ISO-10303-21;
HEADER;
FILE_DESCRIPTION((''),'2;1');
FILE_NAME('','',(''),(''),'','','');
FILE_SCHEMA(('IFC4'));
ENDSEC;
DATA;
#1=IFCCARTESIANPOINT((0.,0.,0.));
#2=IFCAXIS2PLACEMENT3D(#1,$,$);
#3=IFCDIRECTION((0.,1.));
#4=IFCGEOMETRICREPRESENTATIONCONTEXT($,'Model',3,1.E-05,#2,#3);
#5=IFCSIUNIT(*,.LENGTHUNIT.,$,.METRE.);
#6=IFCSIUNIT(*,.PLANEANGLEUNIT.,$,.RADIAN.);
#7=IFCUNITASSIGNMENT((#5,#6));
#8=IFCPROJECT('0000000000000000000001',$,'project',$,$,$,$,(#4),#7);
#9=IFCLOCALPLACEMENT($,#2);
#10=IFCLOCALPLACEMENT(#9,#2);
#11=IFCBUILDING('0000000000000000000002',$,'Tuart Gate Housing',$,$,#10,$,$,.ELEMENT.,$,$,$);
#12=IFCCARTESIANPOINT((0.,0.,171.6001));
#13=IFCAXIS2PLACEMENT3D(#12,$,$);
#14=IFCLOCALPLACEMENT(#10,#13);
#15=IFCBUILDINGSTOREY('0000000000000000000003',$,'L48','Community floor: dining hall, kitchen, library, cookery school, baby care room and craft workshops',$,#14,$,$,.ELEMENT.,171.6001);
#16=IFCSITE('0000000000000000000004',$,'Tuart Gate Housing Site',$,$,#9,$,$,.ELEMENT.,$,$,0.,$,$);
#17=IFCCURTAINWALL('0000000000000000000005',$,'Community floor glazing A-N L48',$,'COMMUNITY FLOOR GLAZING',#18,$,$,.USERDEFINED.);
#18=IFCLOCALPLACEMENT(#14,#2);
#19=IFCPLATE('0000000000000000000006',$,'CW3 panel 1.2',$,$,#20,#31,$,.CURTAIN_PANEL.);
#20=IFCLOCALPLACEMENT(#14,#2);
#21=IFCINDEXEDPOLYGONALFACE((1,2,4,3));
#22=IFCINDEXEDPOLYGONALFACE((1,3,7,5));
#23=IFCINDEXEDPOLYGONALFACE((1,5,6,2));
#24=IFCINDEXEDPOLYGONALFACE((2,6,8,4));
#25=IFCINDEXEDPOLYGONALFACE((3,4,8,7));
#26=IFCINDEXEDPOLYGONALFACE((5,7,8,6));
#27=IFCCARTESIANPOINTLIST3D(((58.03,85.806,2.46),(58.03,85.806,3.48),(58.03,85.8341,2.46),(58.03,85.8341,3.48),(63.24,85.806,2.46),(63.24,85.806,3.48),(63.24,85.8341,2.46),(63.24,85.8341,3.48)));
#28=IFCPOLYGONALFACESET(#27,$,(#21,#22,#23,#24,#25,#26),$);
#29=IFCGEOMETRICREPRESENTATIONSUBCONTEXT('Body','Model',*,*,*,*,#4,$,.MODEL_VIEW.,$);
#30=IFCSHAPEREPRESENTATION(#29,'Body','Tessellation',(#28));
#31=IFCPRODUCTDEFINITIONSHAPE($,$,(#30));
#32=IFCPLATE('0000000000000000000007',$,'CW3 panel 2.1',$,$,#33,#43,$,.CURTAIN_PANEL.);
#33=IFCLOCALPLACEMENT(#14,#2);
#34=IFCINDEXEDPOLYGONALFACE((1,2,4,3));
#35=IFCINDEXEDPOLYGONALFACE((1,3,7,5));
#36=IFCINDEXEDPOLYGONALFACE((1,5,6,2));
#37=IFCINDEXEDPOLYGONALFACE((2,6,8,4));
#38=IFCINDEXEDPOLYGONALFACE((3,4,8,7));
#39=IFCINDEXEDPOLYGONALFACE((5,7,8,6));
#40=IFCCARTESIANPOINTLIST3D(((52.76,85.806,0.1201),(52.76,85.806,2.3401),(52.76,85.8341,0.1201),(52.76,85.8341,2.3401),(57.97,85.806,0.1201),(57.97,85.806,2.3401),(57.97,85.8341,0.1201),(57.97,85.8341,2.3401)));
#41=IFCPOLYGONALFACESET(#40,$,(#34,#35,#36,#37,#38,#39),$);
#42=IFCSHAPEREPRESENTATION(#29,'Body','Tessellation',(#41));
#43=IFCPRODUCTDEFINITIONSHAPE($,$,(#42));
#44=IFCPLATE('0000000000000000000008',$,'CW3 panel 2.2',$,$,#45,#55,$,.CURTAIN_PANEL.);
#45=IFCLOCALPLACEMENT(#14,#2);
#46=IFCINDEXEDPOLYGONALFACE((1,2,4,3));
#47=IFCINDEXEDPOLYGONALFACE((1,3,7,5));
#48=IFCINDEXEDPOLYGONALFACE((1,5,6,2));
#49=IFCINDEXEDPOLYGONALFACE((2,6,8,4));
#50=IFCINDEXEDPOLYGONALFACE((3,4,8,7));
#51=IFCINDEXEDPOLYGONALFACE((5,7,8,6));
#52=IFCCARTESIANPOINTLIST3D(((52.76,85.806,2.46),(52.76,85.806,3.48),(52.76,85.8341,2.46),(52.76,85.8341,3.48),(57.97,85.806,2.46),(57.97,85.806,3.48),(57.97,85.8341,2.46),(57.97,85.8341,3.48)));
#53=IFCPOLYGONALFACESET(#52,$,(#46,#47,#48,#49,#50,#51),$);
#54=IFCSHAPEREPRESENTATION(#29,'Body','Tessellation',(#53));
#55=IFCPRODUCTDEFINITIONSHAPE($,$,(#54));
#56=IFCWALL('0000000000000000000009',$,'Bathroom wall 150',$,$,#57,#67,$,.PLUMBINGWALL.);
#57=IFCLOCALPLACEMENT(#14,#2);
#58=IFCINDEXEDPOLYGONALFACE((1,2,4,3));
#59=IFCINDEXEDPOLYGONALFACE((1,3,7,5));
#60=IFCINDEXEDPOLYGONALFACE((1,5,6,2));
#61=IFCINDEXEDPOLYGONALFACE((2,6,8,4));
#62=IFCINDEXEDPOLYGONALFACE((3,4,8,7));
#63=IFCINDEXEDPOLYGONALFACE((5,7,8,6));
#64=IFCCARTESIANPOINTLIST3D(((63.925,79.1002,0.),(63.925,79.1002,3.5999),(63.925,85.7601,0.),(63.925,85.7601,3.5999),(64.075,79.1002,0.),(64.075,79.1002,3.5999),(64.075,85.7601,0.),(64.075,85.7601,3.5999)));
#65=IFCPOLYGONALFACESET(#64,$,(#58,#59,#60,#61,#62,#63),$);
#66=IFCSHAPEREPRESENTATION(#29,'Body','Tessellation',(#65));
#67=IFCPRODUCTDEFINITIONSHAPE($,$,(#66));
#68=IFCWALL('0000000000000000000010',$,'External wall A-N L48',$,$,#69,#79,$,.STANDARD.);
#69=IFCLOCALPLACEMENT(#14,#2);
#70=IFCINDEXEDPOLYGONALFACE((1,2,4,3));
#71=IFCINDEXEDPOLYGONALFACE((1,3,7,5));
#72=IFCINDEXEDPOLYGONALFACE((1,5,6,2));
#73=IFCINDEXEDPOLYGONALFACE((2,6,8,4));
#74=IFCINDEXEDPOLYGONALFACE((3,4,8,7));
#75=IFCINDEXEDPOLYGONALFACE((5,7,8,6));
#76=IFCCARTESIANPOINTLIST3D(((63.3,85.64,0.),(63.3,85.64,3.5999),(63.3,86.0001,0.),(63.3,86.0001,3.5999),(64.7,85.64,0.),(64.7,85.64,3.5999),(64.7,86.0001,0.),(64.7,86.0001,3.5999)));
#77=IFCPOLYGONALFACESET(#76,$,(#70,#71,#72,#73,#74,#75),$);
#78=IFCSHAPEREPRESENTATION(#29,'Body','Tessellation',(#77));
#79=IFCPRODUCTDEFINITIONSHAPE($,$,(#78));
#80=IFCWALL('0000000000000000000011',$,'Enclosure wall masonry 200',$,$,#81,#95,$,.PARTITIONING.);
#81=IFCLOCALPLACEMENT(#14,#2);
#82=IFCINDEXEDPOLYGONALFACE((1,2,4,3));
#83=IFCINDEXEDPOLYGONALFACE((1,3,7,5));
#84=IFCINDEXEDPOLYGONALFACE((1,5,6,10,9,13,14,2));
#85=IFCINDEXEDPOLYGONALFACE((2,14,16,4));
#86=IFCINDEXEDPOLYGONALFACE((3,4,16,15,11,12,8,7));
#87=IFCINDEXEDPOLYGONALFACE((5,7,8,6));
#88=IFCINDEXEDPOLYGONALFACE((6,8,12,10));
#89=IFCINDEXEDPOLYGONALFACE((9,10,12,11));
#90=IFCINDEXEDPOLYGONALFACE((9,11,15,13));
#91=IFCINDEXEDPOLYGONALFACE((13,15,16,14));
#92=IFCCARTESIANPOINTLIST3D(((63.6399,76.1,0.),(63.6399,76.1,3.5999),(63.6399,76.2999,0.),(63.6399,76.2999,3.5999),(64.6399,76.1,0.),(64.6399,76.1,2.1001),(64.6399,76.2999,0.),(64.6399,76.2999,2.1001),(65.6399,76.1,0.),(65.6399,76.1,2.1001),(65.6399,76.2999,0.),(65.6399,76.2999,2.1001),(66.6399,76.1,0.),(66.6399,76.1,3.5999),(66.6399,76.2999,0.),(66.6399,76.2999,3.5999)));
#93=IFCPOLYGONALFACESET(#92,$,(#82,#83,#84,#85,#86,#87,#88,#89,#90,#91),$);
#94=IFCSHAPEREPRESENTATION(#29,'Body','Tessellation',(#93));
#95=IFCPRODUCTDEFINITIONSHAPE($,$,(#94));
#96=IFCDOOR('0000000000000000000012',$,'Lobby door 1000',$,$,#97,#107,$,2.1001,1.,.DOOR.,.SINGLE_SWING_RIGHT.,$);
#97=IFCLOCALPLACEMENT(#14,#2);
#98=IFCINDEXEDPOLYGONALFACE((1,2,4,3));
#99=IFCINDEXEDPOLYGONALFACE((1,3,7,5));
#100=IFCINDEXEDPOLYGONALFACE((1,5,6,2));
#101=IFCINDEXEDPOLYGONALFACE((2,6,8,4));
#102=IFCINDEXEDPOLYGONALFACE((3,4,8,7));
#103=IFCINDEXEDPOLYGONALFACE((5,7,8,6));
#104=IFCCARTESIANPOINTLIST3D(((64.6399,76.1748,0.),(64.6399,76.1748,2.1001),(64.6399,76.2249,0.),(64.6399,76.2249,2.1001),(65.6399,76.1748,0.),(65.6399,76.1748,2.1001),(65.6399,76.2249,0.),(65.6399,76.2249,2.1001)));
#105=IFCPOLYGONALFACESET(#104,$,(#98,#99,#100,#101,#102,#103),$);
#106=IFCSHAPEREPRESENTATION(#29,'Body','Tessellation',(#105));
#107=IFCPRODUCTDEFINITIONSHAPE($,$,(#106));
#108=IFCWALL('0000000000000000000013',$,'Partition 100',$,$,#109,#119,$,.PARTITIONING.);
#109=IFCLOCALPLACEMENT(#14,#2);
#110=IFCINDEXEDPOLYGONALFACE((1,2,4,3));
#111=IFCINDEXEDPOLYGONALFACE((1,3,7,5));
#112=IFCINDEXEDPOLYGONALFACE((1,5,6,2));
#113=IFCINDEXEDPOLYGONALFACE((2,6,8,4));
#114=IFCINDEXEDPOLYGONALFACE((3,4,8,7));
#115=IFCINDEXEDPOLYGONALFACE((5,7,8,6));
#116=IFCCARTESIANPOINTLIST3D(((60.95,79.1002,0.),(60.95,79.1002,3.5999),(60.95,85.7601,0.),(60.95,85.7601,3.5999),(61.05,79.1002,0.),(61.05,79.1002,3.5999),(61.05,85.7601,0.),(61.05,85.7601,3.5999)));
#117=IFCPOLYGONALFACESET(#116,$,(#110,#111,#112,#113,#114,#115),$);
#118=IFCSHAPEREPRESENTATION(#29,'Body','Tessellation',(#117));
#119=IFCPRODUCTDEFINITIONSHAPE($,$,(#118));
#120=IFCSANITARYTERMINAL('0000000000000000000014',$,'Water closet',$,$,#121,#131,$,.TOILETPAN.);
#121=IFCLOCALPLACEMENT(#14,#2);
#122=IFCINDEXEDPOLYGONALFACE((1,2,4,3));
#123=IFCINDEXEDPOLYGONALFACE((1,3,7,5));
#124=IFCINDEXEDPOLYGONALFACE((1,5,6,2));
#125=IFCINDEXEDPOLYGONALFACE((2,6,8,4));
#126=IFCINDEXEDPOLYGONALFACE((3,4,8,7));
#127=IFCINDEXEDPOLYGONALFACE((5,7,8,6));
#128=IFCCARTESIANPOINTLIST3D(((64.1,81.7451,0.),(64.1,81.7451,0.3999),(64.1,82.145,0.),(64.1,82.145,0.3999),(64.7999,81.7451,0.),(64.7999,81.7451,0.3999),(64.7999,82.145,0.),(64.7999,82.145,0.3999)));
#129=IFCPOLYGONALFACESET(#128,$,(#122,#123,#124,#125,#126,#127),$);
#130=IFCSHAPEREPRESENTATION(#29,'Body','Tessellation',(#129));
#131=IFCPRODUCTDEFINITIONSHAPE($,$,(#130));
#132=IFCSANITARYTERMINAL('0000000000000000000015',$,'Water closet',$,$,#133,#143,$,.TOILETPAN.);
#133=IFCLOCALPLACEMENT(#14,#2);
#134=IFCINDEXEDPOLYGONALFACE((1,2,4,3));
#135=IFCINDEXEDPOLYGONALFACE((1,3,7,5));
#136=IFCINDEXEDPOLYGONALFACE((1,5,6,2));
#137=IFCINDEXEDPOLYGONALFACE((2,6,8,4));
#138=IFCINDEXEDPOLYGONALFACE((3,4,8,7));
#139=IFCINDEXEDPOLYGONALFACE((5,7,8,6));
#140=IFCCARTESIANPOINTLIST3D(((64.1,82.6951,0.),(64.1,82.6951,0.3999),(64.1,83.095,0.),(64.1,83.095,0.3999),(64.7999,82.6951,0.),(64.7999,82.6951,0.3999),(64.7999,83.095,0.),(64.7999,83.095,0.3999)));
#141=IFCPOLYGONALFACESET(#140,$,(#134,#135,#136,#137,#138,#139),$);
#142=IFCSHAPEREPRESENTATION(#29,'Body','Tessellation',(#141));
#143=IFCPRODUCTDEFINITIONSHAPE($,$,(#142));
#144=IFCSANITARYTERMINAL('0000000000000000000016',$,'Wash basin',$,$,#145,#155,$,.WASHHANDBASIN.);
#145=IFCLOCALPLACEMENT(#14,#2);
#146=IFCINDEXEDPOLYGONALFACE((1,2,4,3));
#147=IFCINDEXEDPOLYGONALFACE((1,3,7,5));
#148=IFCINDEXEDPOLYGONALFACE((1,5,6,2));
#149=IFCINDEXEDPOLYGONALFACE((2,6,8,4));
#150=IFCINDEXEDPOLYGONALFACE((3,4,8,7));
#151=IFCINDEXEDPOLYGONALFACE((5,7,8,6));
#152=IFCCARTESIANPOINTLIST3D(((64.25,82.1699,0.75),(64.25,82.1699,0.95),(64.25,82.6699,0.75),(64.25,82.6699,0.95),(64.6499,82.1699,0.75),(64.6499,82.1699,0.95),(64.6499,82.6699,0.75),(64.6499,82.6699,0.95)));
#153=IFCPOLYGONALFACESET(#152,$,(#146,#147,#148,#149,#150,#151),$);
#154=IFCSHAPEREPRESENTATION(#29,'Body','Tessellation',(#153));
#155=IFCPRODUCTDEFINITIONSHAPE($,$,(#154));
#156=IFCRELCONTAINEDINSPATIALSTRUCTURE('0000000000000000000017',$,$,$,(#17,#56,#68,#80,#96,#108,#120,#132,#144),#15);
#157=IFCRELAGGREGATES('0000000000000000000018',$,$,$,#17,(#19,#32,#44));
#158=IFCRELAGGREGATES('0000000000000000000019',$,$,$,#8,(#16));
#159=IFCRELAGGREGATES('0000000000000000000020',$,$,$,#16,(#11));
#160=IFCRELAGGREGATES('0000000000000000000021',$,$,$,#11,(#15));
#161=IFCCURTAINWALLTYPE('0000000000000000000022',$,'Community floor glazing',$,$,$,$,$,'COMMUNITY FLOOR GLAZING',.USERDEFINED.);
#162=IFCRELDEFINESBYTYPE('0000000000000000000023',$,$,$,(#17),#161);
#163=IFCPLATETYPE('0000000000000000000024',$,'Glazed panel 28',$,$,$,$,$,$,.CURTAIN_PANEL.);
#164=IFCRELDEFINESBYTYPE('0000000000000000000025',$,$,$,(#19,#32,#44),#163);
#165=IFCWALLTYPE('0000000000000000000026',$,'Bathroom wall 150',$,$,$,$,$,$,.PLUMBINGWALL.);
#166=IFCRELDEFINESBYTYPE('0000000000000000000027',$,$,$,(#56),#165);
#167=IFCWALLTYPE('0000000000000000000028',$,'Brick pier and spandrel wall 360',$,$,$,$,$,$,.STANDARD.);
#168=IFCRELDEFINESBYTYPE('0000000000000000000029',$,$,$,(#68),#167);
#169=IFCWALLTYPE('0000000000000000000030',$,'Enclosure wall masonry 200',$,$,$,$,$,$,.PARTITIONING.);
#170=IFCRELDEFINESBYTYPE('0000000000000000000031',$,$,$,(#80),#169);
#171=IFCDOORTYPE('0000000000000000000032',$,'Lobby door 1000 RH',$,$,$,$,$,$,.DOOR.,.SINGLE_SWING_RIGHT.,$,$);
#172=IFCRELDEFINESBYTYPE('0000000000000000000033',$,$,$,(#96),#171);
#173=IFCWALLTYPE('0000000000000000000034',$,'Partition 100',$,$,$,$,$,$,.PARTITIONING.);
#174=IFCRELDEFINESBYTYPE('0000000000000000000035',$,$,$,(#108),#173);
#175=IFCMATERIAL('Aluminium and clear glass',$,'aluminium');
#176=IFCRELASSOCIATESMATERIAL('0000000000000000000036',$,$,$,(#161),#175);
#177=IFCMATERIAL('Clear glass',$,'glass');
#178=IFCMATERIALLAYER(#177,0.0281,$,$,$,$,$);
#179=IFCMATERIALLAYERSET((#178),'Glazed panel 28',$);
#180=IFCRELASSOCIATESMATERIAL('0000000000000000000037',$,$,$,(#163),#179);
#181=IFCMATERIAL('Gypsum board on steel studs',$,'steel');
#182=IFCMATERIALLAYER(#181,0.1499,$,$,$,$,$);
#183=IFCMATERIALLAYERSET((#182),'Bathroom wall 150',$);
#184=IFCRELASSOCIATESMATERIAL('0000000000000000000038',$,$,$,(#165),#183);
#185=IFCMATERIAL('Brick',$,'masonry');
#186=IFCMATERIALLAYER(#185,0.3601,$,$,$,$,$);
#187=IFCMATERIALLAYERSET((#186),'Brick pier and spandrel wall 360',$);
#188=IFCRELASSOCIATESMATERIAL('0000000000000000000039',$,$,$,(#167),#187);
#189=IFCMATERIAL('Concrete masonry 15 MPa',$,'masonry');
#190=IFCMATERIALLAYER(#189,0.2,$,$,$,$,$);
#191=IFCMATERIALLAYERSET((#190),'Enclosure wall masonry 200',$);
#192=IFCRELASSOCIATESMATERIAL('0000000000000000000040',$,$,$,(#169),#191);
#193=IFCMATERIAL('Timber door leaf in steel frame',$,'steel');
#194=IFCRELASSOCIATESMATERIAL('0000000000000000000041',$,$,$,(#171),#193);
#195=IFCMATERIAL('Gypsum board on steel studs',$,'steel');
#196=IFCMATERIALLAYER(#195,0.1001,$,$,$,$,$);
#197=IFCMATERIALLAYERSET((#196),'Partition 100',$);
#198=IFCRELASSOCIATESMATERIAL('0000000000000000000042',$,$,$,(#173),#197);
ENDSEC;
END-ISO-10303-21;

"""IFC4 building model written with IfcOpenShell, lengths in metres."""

from ifc_helpers import new_model, si_unit, direction, frame, frame_2d, origin, origin_2d, place, context, subcontext, project, spatial, rectangle, extrude, material, layer, layer_set, type_object, element, fill, aggregate, save


model = new_model("IFC4")

# Units and contexts
model_context = context("Model", 3, precision=1e-05, world=origin(), true_north=direction((0.0, 1.0)))
body_context = subcontext(model_context, "Body", "Model", "MODEL_VIEW")
ifc_project = project(units=[si_unit("LENGTHUNIT", "METRE"), si_unit("PLANEANGLEUNIT", "RADIAN")], contexts=[model_context])

# Site, building, storey
site_placement = place(None, origin())
site = spatial("IfcSite", under=ifc_project, at=site_placement, Name="Tuart Gate Housing Site", CompositionType="ELEMENT", RefElevation=0.0)
building_placement = place(site_placement, origin())
building = spatial("IfcBuilding", under=site, at=building_placement, Name="Tuart Gate Housing", CompositionType="ELEMENT")
storey_placement = place(building_placement, frame((0.0, 0.0, 171.6001)))
storey = spatial("IfcBuildingStorey", under=building, at=storey_placement, Name="L48", Description="Community floor: dining hall, kitchen, library, cookery school, baby care room and craft workshops", CompositionType="ELEMENT", Elevation=171.6001)

# Shared definitions
ifc_material_1 = material(Name="Aluminium and clear glass", Category="aluminium")
curtain_wall_type = type_object("IfcCurtainWallType", Name="Community floor glazing", ElementType="COMMUNITY FLOOR GLAZING", PredefinedType="USERDEFINED", material=ifc_material_1)

# Curtain wall
curtain_wall_1_placement = place(storey_placement, origin())
curtain_wall_1 = element("IfcCurtainWall", 1, at=curtain_wall_1_placement, inside=storey, type_object=curtain_wall_type, Name="Community floor glazing A-N L48", ObjectType="COMMUNITY FLOOR GLAZING", PredefinedType="USERDEFINED")

# Plates
ifc_material_2 = material(Name="Clear glass", Category="glass")
ifc_layer_1 = layer(ifc_material_2, 0.0281)
ifc_layer_set_1 = layer_set([ifc_layer_1], Name="Glazed panel 28")
plate_type = type_object("IfcPlateType", Name="Glazed panel 28", PredefinedType="CURTAIN_PANEL", material=ifc_layer_set_1)
plate_1_placement = place(storey_placement, frame((60.635, 85.8201, 2.46), z_axis=(0.0, 0.0, 1.0), x_axis=(-1.0, 0.0, 0.0)))
plate_1 = element("IfcPlate", 2, at=plate_1_placement, type_object=plate_type, Name="CW3 panel 1.2", PredefinedType="CURTAIN_PANEL", context=body_context, shape_type="SweptSolid", body=[
    extrude(rectangle(XDim=5.21, YDim=0.0281, at=origin_2d()), origin(), (0.0, 0.0, 1.0), 1.02),
])
plate_2_placement = place(storey_placement, frame((55.365, 85.8201, 0.1201), z_axis=(0.0, 0.0, 1.0), x_axis=(-1.0, 0.0, 0.0)))
plate_2 = element("IfcPlate", 3, at=plate_2_placement, type_object=plate_type, Name="CW3 panel 2.1", PredefinedType="CURTAIN_PANEL", context=body_context, shape_type="SweptSolid", body=[
    extrude(rectangle(XDim=5.21, YDim=0.0281, at=origin_2d()), origin(), (0.0, 0.0, 1.0), 2.22),
])
plate_3_placement = place(storey_placement, frame((55.365, 85.8201, 2.46), z_axis=(0.0, 0.0, 1.0), x_axis=(-1.0, 0.0, 0.0)))
plate_3 = element("IfcPlate", 4, at=plate_3_placement, type_object=plate_type, Name="CW3 panel 2.2", PredefinedType="CURTAIN_PANEL", context=body_context, shape_type="SweptSolid", body=[
    extrude(rectangle(XDim=5.21, YDim=0.0281, at=origin_2d()), origin(), (0.0, 0.0, 1.0), 1.02),
])
aggregate(curtain_wall_1, [plate_1, plate_2, plate_3])

# Walls
ifc_material_3 = material(Name="Gypsum board on steel studs", Category="steel")
ifc_layer_2 = layer(ifc_material_3, 0.1499)
ifc_layer_set_2 = layer_set([ifc_layer_2], Name="Bathroom wall 150")
wall_type_1 = type_object("IfcWallType", Name="Bathroom wall 150", PredefinedType="PLUMBINGWALL", material=ifc_layer_set_2)
wall_1_placement = place(storey_placement, frame((64.0, 79.1001, 0.0), z_axis=(0.0, 0.0, 1.0), x_axis=(0.0, 1.0, 0.0)))
element("IfcWall", 5, at=wall_1_placement, inside=storey, type_object=wall_type_1, Name="Bathroom wall 150", PredefinedType="PLUMBINGWALL", context=body_context, shape_type="SweptSolid", body=[
    extrude(rectangle(XDim=6.6599, YDim=0.1499, at=frame_2d((3.3301, 0.0))), origin(), (0.0, 0.0, 1.0), 3.5999),
])
ifc_material_4 = material(Name="Brick", Category="masonry")
ifc_layer_3 = layer(ifc_material_4, 0.3601)
ifc_layer_set_3 = layer_set([ifc_layer_3], Name="Brick pier and spandrel wall 360")
wall_type_2 = type_object("IfcWallType", Name="Brick pier and spandrel wall 360", PredefinedType="STANDARD", material=ifc_layer_set_3)
wall_2_placement = place(storey_placement, frame((64.7, 85.8201, 0.0), z_axis=(0.0, 0.0, 1.0), x_axis=(-1.0, 0.0, 0.0)))
element("IfcWall", 6, at=wall_2_placement, inside=storey, type_object=wall_type_2, Name="External wall A-N L48", PredefinedType="STANDARD", context=body_context, shape_type="SweptSolid", body=[
    extrude(rectangle(XDim=1.3999, YDim=0.3601, at=frame_2d((0.7, 0.0))), origin(), (0.0, 0.0, 1.0), 3.5999),
])

# Wall, opening, door
ifc_material_5 = material(Name="Concrete masonry 15 MPa", Category="masonry")
ifc_layer_4 = layer(ifc_material_5, 0.2)
ifc_layer_set_4 = layer_set([ifc_layer_4], Name="Enclosure wall masonry 200")
wall_type_3 = type_object("IfcWallType", Name="Enclosure wall masonry 200", PredefinedType="PARTITIONING", material=ifc_layer_set_4)
wall_3_placement = place(storey_placement, frame((63.6399, 76.2, 0.0), z_axis=(0.0, 0.0, 1.0), x_axis=(1.0, 0.0, 0.0)))
wall_3 = element("IfcWall", 7, at=wall_3_placement, inside=storey, type_object=wall_type_3, Name="Enclosure wall masonry 200", PredefinedType="PARTITIONING", context=body_context, shape_type="SweptSolid", body=[
    extrude(rectangle(XDim=3.0, YDim=0.2, at=frame_2d((1.5, 0.0))), origin(), (0.0, 0.0, 1.0), 3.5999),
])
opening_placement = place(wall_3_placement, frame((1.0, 0.0, 0.0)))
opening = element("IfcOpeningElement", 8, at=opening_placement, cuts=wall_3, PredefinedType="OPENING", context=body_context, shape_type="SweptSolid", body=[
    extrude(rectangle(XDim=1.0, YDim=2.1001, at=frame_2d((0.5, 1.05))), frame((0.0, 0.1099, 0.0), z_axis=(0.0, -1.0, 0.0), x_axis=(1.0, 0.0, 0.0)), (0.0, 0.0, 1.0), 0.22),
])
ifc_material_6 = material(Name="Timber door leaf in steel frame", Category="steel")
door_type = type_object("IfcDoorType", Name="Lobby door 1000 RH", OperationType="SINGLE_SWING_RIGHT", PredefinedType="DOOR", material=ifc_material_6)
door_placement = place(opening_placement, frame((1.0, 0.0, 0.0), z_axis=(0.0, 0.0, 1.0), x_axis=(-1.0, 0.0, 0.0)))
door = element("IfcDoor", 9, at=door_placement, inside=storey, type_object=door_type, Name="Lobby door 1000", OperationType="SINGLE_SWING_RIGHT", OverallHeight=2.1001, OverallWidth=1.0, PredefinedType="DOOR", context=body_context, shape_type="SweptSolid", body=[
    extrude(rectangle(XDim=1.0, YDim=2.1001, at=frame_2d((0.5, 1.05))), frame((0.0, 0.0251, 0.0), z_axis=(0.0, -1.0, 0.0), x_axis=(1.0, 0.0, 0.0)), (0.0, 0.0, 1.0), 0.05),
])
fill(opening, door)

# Wall
ifc_material_7 = material(Name="Gypsum board on steel studs", Category="steel")
ifc_layer_5 = layer(ifc_material_7, 0.1001)
ifc_layer_set_5 = layer_set([ifc_layer_5], Name="Partition 100")
wall_type_4 = type_object("IfcWallType", Name="Partition 100", PredefinedType="PARTITIONING", material=ifc_layer_set_5)
wall_4_placement = place(storey_placement, frame((61.0, 79.1001, 0.0), z_axis=(0.0, 0.0, 1.0), x_axis=(0.0, 1.0, 0.0)))
element("IfcWall", 10, at=wall_4_placement, inside=storey, type_object=wall_type_4, Name="Partition 100", PredefinedType="PARTITIONING", context=body_context, shape_type="SweptSolid", body=[
    extrude(rectangle(XDim=6.6599, YDim=0.1001, at=frame_2d((3.3301, 0.0))), origin(), (0.0, 0.0, 1.0), 3.5999),
])

# Sanitary terminals
for number, where, z_axis, x_axis, name in (
    (11, (64.45, 81.9451, 0.0), (0.0, 0.0, 1.0), (1.0, 0.0, 0.0), "Water closet"),
    (12, (64.45, 82.895, 0.0), (0.0, 0.0, 1.0), (1.0, 0.0, 0.0), "Water closet"),
):
    element("IfcSanitaryTerminal", number, at=place(storey_placement, frame(where, z_axis=z_axis, x_axis=x_axis)), inside=storey, Name=name, PredefinedType="TOILETPAN", context=body_context, shape_type="SweptSolid", body=[
        extrude(rectangle(XDim=0.7, YDim=0.3999, at=origin_2d()), origin(), (0.0, 0.0, 1.0), 0.3999),
    ])
sanitary_terminal_placement = place(storey_placement, frame((64.45, 82.4199, 0.75), z_axis=(0.0, 0.0, 1.0), x_axis=(1.0, 0.0, 0.0)))
element("IfcSanitaryTerminal", 13, at=sanitary_terminal_placement, inside=storey, Name="Wash basin", PredefinedType="WASHHANDBASIN", context=body_context, shape_type="SweptSolid", body=[
    extrude(rectangle(XDim=0.3999, YDim=0.5, at=origin_2d()), origin(), (0.0, 0.0, 1.0), 0.2),
])

save(model, "model.ifc")
